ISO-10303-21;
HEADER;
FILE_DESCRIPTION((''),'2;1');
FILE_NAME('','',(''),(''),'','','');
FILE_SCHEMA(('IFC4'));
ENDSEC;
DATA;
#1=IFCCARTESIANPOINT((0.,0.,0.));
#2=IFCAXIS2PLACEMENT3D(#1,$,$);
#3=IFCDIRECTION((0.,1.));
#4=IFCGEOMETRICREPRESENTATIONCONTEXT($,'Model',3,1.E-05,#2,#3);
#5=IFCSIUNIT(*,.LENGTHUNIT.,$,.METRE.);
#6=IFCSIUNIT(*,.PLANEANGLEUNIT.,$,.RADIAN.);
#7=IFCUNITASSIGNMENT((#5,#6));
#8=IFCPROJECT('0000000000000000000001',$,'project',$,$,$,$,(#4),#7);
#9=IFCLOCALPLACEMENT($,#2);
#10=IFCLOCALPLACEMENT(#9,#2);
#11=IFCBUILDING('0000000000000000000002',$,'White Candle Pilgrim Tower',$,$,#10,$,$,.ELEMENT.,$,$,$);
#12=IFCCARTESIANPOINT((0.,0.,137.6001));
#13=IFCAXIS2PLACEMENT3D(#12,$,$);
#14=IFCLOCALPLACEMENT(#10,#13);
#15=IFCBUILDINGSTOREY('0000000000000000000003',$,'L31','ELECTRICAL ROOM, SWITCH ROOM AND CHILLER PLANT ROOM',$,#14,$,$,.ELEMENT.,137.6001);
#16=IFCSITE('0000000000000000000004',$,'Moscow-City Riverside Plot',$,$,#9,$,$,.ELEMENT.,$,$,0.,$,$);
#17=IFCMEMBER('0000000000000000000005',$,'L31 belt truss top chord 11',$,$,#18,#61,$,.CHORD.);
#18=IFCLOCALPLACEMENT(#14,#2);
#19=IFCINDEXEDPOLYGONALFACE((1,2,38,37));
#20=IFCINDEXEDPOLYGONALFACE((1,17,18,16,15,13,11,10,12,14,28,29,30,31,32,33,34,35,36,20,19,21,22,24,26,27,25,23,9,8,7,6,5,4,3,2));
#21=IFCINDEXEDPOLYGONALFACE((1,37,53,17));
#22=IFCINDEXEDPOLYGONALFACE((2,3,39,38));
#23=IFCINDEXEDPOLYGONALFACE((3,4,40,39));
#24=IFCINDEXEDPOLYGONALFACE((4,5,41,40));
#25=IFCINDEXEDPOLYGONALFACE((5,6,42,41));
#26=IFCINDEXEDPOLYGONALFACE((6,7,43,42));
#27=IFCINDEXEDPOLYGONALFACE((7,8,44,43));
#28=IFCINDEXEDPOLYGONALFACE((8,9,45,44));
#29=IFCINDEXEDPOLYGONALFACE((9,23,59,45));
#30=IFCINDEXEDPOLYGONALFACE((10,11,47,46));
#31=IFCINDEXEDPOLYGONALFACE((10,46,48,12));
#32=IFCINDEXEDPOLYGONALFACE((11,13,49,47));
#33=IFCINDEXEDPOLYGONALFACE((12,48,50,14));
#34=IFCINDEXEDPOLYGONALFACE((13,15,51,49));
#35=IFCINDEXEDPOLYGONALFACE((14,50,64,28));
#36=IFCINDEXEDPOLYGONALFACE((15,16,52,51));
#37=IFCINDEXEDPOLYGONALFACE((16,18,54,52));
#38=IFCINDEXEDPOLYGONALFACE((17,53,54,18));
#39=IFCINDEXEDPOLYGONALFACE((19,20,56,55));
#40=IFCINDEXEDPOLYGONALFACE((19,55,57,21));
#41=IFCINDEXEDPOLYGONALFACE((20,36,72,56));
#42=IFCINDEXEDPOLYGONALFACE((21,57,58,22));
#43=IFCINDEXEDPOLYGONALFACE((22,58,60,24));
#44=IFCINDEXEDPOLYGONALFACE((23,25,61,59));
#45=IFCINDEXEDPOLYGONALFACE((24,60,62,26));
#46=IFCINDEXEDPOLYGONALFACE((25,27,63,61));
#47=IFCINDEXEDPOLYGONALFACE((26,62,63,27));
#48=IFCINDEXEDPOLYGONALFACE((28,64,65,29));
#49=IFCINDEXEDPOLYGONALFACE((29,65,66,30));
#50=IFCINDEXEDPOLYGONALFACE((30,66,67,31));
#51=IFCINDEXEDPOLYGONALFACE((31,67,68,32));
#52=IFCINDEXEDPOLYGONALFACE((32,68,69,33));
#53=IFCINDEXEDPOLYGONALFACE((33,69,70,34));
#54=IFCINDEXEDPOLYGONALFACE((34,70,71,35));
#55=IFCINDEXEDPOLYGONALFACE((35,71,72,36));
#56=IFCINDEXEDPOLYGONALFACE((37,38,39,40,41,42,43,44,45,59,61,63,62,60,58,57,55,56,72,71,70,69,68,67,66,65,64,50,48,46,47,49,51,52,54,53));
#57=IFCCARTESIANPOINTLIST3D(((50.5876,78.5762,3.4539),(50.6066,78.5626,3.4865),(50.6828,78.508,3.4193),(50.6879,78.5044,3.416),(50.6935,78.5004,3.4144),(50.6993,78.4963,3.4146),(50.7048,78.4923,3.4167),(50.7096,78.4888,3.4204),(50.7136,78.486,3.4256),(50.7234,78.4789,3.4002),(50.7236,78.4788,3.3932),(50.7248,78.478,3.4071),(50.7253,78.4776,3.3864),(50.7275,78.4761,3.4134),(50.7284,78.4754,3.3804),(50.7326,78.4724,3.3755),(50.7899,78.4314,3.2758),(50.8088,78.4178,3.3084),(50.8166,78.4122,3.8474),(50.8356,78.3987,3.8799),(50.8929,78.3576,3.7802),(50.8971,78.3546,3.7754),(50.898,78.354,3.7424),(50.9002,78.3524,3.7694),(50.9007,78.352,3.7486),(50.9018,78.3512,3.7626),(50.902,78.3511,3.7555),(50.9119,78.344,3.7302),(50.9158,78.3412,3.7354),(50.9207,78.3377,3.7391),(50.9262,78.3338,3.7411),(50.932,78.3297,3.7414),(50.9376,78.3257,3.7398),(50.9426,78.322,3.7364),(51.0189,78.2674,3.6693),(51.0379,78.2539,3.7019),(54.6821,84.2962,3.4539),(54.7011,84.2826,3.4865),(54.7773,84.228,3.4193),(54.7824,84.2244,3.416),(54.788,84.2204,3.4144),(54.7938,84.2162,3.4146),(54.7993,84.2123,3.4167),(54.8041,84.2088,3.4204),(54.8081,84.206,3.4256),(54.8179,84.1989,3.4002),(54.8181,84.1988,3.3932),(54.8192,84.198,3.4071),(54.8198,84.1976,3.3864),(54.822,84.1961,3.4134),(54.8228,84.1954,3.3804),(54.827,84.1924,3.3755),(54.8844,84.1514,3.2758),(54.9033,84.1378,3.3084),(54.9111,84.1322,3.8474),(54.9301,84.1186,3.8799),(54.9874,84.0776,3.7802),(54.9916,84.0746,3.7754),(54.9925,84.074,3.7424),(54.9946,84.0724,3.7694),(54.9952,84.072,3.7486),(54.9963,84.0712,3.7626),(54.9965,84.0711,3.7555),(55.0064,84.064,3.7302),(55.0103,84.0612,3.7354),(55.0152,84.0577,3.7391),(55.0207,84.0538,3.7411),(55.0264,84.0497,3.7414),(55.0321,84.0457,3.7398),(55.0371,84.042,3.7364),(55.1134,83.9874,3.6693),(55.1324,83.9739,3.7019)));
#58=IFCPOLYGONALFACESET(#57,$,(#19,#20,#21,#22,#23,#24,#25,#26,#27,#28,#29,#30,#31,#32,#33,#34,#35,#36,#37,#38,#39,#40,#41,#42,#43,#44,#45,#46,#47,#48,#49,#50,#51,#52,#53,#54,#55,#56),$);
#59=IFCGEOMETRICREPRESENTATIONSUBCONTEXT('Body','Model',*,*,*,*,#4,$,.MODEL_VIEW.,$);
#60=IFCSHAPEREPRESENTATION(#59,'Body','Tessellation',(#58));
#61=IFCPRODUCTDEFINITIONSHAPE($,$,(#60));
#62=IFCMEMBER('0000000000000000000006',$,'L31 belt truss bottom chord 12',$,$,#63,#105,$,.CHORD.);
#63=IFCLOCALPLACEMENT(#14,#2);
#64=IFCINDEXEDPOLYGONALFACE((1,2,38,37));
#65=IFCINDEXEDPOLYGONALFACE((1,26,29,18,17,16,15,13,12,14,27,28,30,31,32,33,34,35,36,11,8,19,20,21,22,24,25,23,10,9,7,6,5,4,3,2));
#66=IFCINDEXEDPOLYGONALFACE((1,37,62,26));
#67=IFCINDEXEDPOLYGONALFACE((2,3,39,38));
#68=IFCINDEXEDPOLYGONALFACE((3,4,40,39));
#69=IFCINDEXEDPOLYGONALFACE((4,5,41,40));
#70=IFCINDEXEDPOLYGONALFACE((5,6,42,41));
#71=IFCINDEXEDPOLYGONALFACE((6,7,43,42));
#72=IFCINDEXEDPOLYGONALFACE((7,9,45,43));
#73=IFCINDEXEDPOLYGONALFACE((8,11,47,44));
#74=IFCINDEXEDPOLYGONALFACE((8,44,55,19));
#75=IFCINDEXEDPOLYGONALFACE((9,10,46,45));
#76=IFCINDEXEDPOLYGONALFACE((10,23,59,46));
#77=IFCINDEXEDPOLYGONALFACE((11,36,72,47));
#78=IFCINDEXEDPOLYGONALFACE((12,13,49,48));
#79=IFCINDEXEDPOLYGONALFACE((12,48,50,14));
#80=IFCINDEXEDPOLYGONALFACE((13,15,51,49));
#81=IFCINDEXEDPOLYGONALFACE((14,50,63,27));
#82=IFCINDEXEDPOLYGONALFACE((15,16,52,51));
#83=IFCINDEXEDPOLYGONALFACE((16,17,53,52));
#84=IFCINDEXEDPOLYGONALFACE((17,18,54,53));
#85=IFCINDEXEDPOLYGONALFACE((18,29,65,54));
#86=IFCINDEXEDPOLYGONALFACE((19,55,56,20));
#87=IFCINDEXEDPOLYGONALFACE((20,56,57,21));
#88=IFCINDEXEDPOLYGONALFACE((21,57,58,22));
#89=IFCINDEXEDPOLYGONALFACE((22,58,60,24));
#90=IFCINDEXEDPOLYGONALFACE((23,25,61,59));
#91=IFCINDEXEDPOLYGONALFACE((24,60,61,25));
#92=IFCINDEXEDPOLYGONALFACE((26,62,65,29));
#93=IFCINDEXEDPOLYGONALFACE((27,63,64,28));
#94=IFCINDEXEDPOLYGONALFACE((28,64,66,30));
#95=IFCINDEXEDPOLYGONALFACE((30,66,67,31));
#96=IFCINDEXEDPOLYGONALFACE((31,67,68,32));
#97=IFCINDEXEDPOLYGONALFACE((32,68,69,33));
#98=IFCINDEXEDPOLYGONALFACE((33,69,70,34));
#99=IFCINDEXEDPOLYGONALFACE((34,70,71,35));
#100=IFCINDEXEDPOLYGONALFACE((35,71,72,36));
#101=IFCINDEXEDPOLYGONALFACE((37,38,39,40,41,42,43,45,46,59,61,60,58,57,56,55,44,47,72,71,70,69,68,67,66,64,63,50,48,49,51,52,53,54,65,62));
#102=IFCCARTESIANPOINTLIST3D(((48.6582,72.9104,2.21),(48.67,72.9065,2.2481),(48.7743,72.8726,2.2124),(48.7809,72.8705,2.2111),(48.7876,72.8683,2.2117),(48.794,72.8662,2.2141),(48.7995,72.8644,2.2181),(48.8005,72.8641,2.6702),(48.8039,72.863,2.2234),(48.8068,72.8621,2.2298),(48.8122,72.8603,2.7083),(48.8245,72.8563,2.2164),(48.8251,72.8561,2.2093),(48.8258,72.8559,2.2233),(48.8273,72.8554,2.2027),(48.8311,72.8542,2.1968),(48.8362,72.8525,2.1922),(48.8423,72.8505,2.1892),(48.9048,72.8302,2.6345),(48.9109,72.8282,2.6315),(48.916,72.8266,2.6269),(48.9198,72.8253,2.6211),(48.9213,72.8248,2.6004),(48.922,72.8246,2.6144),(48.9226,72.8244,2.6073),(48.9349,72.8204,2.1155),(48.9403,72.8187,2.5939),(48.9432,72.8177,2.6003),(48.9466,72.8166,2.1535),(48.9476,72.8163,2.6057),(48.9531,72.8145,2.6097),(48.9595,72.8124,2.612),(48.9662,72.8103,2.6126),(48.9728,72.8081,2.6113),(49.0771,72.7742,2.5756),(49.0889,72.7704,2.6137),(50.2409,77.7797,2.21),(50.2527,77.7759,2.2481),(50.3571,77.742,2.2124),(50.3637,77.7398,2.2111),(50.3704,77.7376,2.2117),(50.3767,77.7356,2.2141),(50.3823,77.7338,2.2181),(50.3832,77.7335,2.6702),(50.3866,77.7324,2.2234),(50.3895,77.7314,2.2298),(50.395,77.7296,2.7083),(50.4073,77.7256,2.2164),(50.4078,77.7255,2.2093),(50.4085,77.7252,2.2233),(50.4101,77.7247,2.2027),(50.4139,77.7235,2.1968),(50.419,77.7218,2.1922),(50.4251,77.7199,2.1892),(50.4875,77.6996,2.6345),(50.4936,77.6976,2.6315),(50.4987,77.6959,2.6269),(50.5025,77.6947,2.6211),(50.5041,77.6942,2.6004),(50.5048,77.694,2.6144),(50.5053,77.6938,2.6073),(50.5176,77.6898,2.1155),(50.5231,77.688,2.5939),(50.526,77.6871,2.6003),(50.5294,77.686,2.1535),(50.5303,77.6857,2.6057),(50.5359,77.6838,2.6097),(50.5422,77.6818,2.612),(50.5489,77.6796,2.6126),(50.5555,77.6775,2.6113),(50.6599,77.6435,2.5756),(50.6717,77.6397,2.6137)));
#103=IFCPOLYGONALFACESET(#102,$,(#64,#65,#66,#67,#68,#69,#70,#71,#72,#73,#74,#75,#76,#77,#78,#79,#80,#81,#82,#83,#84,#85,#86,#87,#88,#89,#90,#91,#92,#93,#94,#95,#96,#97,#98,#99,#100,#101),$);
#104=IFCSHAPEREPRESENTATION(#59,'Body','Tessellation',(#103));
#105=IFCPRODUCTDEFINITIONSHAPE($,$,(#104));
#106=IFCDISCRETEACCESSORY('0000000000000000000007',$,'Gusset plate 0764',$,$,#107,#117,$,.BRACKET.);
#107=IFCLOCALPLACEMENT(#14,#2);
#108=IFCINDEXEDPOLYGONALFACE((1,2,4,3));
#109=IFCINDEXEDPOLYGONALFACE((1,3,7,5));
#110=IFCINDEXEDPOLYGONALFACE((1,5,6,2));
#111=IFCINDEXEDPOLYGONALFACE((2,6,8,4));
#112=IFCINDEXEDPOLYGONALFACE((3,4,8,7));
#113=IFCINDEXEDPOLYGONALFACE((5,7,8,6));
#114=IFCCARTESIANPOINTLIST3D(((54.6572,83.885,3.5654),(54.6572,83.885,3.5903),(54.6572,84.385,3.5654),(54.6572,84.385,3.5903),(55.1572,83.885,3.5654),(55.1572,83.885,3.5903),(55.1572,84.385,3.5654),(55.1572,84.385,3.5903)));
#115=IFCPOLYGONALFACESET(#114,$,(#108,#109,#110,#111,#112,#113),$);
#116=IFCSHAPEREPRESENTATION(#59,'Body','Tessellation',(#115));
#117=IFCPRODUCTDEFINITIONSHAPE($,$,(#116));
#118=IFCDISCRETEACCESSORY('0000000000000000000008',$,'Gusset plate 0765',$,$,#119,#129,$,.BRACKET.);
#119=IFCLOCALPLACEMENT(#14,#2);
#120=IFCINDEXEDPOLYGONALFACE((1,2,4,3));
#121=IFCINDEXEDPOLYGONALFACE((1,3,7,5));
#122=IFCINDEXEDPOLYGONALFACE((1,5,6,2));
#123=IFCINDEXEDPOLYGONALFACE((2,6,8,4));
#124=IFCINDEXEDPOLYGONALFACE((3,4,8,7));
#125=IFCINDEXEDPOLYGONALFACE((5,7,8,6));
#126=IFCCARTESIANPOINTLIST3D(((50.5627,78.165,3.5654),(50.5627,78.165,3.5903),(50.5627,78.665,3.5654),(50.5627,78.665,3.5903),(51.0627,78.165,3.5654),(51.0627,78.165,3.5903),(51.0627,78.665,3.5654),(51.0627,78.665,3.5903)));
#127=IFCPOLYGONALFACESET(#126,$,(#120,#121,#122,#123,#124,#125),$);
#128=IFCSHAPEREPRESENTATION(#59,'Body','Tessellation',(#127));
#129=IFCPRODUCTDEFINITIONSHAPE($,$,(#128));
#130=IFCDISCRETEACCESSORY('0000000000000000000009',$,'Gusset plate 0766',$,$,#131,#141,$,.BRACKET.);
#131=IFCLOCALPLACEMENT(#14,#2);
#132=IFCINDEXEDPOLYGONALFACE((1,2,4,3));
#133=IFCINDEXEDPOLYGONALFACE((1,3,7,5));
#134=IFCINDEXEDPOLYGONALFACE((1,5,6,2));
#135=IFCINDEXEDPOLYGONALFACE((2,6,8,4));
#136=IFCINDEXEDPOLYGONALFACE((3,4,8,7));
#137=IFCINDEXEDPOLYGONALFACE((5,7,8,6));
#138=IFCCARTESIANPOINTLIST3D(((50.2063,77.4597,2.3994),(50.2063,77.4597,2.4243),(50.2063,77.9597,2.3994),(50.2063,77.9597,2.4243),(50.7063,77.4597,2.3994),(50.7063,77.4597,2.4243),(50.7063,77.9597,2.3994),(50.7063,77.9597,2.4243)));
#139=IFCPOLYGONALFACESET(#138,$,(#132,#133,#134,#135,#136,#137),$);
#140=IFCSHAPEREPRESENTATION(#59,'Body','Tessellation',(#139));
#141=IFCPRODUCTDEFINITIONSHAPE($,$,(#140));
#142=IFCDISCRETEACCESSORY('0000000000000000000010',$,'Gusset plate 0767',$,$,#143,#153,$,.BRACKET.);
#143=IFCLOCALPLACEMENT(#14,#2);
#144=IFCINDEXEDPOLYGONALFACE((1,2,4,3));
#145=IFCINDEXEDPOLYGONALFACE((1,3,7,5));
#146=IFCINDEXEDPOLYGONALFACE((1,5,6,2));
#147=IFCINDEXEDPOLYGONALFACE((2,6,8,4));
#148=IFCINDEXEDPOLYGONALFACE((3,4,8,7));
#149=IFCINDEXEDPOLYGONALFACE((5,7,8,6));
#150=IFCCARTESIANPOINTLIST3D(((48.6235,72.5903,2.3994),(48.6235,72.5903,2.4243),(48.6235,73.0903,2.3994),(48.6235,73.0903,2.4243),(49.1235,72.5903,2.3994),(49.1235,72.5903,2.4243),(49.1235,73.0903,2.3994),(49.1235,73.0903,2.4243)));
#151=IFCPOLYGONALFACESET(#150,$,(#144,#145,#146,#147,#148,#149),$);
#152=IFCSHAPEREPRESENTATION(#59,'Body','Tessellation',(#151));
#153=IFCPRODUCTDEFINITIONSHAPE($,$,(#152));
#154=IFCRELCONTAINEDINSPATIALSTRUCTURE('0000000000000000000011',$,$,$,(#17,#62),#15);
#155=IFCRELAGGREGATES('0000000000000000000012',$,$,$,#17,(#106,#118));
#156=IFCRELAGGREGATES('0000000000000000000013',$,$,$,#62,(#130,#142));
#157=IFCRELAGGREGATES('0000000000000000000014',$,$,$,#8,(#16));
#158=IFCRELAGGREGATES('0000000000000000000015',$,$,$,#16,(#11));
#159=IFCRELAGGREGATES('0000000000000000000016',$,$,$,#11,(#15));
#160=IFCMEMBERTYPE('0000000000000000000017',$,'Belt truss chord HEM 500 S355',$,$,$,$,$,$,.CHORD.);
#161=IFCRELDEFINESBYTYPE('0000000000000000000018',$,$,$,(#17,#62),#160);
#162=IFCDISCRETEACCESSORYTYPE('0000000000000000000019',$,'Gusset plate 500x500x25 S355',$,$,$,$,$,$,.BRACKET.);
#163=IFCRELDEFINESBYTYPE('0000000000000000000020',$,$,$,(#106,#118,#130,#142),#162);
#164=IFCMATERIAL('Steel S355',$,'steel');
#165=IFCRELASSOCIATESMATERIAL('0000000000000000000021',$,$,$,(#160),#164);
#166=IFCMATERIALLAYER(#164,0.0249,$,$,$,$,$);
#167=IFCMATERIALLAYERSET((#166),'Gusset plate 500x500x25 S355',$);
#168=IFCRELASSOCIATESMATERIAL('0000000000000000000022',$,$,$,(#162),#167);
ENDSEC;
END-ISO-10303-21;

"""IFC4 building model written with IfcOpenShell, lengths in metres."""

from ifc_helpers import new_model, si_unit, direction, frame, origin, origin_2d, place, context, subcontext, project, spatial, rectangle, i_section, extrude, material, layer, layer_set, material_profile, profile_set, type_object, element, aggregate, save


model = new_model("IFC4")

# Units and contexts
model_context = context("Model", 3, precision=1e-05, world=origin(), true_north=direction((0.0, 1.0)))
body_context = subcontext(model_context, "Body", "Model", "MODEL_VIEW")
ifc_project = project(units=[si_unit("LENGTHUNIT", "METRE"), si_unit("PLANEANGLEUNIT", "RADIAN")], contexts=[model_context])

# Site, building, storey
site_placement = place(None, origin())
site = spatial("IfcSite", under=ifc_project, at=site_placement, Name="Moscow-City Riverside Plot", CompositionType="ELEMENT", RefElevation=0.0)
building_placement = place(site_placement, origin())
building = spatial("IfcBuilding", under=site, at=building_placement, Name="White Candle Pilgrim Tower", CompositionType="ELEMENT")
storey_placement = place(building_placement, frame((0.0, 0.0, 137.6001)))
storey = spatial("IfcBuildingStorey", under=building, at=storey_placement, Name="L31", Description="ELECTRICAL ROOM, SWITCH ROOM AND CHILLER PLANT ROOM", CompositionType="ELEMENT", Elevation=137.6001)

# Members
ifc_material_1 = material(Name="Steel S355", Category="steel")
ifc_material_profile_1 = material_profile(ifc_material_1, i_section(OverallWidth=0.3059, OverallDepth=0.5239, WebThickness=0.021, FlangeThickness=0.04, FilletRadius=0.0271, at=origin_2d()), Name="HEM 500")
ifc_profile_set_1 = profile_set([ifc_material_profile_1], Name="Steel S355")
member_type_1 = type_object("IfcMemberType", Name="Belt truss chord HEM 500 S355", PredefinedType="CHORD", material=ifc_profile_set_1)
member_1_placement = place(storey_placement, frame((54.9072, 84.135, 3.5779), z_axis=(-0.582065, -0.813142, 0.0), x_axis=(0.661187, -0.473292, -0.582088)))
member_1 = element("IfcMember", 1, at=member_1_placement, inside=storey, type_object=member_type_1, Name="L31 belt truss top chord 11", PredefinedType="CHORD", context=body_context, shape_type="SweptSolid", body=[
    extrude(i_section(OverallWidth=0.3059, OverallDepth=0.5239, WebThickness=0.021, FlangeThickness=0.04, FilletRadius=0.0271, at=origin_2d()), origin(), (0.0, 0.0, 1.0), 7.0344),
])
member_2_placement = place(storey_placement, frame((50.4563, 77.7097, 2.4119), z_axis=(-0.309124, -0.951022, 0.0), x_axis=(0.904441, -0.293983, -0.309129)))
member_2 = element("IfcMember", 2, at=member_2_placement, inside=storey, type_object=member_type_1, Name="L31 belt truss bottom chord 12", PredefinedType="CHORD", context=body_context, shape_type="SweptSolid", body=[
    extrude(i_section(OverallWidth=0.3059, OverallDepth=0.5239, WebThickness=0.021, FlangeThickness=0.04, FilletRadius=0.0271, at=origin_2d()), origin(), (0.0, 0.0, 1.0), 5.1201),
])

# Discrete accessories
ifc_layer_1 = layer(ifc_material_1, 0.0249)
ifc_layer_set_1 = layer_set([ifc_layer_1], Name="Gusset plate 500x500x25 S355")
discrete_accessory_type_1 = type_object("IfcDiscreteAccessoryType", Name="Gusset plate 500x500x25 S355", PredefinedType="BRACKET", material=ifc_layer_set_1)
discrete_accessory_1_placement = place(storey_placement, frame((54.9072, 84.135, 3.5654), z_axis=(0.0, 0.0, 1.0), x_axis=(1.0, 0.0, 0.0)))
discrete_accessory_1 = element("IfcDiscreteAccessory", 3, at=discrete_accessory_1_placement, type_object=discrete_accessory_type_1, Name="Gusset plate 0764", PredefinedType="BRACKET", context=body_context, shape_type="SweptSolid", body=[
    extrude(rectangle(XDim=0.5, YDim=0.5, at=origin_2d()), origin(), (0.0, 0.0, 1.0), 0.0249),
])
discrete_accessory_2_placement = place(storey_placement, frame((50.8127, 78.415, 3.5654), z_axis=(0.0, 0.0, 1.0), x_axis=(1.0, 0.0, 0.0)))
discrete_accessory_2 = element("IfcDiscreteAccessory", 4, at=discrete_accessory_2_placement, type_object=discrete_accessory_type_1, Name="Gusset plate 0765", PredefinedType="BRACKET", context=body_context, shape_type="SweptSolid", body=[
    extrude(rectangle(XDim=0.5, YDim=0.5, at=origin_2d()), origin(), (0.0, 0.0, 1.0), 0.0249),
])
aggregate(member_1, [discrete_accessory_1, discrete_accessory_2])
discrete_accessory_3_placement = place(storey_placement, frame((50.4563, 77.7097, 2.3994), z_axis=(0.0, 0.0, 1.0), x_axis=(1.0, 0.0, 0.0)))
discrete_accessory_3 = element("IfcDiscreteAccessory", 5, at=discrete_accessory_3_placement, type_object=discrete_accessory_type_1, Name="Gusset plate 0766", PredefinedType="BRACKET", context=body_context, shape_type="SweptSolid", body=[
    extrude(rectangle(XDim=0.5, YDim=0.5, at=origin_2d()), origin(), (0.0, 0.0, 1.0), 0.0249),
])
discrete_accessory_4_placement = place(storey_placement, frame((48.8735, 72.8403, 2.3994), z_axis=(0.0, 0.0, 1.0), x_axis=(1.0, 0.0, 0.0)))
discrete_accessory_4 = element("IfcDiscreteAccessory", 6, at=discrete_accessory_4_placement, type_object=discrete_accessory_type_1, Name="Gusset plate 0767", PredefinedType="BRACKET", context=body_context, shape_type="SweptSolid", body=[
    extrude(rectangle(XDim=0.5, YDim=0.5, at=origin_2d()), origin(), (0.0, 0.0, 1.0), 0.0249),
])
aggregate(member_2, [discrete_accessory_3, discrete_accessory_4])

save(model, "model.ifc")
